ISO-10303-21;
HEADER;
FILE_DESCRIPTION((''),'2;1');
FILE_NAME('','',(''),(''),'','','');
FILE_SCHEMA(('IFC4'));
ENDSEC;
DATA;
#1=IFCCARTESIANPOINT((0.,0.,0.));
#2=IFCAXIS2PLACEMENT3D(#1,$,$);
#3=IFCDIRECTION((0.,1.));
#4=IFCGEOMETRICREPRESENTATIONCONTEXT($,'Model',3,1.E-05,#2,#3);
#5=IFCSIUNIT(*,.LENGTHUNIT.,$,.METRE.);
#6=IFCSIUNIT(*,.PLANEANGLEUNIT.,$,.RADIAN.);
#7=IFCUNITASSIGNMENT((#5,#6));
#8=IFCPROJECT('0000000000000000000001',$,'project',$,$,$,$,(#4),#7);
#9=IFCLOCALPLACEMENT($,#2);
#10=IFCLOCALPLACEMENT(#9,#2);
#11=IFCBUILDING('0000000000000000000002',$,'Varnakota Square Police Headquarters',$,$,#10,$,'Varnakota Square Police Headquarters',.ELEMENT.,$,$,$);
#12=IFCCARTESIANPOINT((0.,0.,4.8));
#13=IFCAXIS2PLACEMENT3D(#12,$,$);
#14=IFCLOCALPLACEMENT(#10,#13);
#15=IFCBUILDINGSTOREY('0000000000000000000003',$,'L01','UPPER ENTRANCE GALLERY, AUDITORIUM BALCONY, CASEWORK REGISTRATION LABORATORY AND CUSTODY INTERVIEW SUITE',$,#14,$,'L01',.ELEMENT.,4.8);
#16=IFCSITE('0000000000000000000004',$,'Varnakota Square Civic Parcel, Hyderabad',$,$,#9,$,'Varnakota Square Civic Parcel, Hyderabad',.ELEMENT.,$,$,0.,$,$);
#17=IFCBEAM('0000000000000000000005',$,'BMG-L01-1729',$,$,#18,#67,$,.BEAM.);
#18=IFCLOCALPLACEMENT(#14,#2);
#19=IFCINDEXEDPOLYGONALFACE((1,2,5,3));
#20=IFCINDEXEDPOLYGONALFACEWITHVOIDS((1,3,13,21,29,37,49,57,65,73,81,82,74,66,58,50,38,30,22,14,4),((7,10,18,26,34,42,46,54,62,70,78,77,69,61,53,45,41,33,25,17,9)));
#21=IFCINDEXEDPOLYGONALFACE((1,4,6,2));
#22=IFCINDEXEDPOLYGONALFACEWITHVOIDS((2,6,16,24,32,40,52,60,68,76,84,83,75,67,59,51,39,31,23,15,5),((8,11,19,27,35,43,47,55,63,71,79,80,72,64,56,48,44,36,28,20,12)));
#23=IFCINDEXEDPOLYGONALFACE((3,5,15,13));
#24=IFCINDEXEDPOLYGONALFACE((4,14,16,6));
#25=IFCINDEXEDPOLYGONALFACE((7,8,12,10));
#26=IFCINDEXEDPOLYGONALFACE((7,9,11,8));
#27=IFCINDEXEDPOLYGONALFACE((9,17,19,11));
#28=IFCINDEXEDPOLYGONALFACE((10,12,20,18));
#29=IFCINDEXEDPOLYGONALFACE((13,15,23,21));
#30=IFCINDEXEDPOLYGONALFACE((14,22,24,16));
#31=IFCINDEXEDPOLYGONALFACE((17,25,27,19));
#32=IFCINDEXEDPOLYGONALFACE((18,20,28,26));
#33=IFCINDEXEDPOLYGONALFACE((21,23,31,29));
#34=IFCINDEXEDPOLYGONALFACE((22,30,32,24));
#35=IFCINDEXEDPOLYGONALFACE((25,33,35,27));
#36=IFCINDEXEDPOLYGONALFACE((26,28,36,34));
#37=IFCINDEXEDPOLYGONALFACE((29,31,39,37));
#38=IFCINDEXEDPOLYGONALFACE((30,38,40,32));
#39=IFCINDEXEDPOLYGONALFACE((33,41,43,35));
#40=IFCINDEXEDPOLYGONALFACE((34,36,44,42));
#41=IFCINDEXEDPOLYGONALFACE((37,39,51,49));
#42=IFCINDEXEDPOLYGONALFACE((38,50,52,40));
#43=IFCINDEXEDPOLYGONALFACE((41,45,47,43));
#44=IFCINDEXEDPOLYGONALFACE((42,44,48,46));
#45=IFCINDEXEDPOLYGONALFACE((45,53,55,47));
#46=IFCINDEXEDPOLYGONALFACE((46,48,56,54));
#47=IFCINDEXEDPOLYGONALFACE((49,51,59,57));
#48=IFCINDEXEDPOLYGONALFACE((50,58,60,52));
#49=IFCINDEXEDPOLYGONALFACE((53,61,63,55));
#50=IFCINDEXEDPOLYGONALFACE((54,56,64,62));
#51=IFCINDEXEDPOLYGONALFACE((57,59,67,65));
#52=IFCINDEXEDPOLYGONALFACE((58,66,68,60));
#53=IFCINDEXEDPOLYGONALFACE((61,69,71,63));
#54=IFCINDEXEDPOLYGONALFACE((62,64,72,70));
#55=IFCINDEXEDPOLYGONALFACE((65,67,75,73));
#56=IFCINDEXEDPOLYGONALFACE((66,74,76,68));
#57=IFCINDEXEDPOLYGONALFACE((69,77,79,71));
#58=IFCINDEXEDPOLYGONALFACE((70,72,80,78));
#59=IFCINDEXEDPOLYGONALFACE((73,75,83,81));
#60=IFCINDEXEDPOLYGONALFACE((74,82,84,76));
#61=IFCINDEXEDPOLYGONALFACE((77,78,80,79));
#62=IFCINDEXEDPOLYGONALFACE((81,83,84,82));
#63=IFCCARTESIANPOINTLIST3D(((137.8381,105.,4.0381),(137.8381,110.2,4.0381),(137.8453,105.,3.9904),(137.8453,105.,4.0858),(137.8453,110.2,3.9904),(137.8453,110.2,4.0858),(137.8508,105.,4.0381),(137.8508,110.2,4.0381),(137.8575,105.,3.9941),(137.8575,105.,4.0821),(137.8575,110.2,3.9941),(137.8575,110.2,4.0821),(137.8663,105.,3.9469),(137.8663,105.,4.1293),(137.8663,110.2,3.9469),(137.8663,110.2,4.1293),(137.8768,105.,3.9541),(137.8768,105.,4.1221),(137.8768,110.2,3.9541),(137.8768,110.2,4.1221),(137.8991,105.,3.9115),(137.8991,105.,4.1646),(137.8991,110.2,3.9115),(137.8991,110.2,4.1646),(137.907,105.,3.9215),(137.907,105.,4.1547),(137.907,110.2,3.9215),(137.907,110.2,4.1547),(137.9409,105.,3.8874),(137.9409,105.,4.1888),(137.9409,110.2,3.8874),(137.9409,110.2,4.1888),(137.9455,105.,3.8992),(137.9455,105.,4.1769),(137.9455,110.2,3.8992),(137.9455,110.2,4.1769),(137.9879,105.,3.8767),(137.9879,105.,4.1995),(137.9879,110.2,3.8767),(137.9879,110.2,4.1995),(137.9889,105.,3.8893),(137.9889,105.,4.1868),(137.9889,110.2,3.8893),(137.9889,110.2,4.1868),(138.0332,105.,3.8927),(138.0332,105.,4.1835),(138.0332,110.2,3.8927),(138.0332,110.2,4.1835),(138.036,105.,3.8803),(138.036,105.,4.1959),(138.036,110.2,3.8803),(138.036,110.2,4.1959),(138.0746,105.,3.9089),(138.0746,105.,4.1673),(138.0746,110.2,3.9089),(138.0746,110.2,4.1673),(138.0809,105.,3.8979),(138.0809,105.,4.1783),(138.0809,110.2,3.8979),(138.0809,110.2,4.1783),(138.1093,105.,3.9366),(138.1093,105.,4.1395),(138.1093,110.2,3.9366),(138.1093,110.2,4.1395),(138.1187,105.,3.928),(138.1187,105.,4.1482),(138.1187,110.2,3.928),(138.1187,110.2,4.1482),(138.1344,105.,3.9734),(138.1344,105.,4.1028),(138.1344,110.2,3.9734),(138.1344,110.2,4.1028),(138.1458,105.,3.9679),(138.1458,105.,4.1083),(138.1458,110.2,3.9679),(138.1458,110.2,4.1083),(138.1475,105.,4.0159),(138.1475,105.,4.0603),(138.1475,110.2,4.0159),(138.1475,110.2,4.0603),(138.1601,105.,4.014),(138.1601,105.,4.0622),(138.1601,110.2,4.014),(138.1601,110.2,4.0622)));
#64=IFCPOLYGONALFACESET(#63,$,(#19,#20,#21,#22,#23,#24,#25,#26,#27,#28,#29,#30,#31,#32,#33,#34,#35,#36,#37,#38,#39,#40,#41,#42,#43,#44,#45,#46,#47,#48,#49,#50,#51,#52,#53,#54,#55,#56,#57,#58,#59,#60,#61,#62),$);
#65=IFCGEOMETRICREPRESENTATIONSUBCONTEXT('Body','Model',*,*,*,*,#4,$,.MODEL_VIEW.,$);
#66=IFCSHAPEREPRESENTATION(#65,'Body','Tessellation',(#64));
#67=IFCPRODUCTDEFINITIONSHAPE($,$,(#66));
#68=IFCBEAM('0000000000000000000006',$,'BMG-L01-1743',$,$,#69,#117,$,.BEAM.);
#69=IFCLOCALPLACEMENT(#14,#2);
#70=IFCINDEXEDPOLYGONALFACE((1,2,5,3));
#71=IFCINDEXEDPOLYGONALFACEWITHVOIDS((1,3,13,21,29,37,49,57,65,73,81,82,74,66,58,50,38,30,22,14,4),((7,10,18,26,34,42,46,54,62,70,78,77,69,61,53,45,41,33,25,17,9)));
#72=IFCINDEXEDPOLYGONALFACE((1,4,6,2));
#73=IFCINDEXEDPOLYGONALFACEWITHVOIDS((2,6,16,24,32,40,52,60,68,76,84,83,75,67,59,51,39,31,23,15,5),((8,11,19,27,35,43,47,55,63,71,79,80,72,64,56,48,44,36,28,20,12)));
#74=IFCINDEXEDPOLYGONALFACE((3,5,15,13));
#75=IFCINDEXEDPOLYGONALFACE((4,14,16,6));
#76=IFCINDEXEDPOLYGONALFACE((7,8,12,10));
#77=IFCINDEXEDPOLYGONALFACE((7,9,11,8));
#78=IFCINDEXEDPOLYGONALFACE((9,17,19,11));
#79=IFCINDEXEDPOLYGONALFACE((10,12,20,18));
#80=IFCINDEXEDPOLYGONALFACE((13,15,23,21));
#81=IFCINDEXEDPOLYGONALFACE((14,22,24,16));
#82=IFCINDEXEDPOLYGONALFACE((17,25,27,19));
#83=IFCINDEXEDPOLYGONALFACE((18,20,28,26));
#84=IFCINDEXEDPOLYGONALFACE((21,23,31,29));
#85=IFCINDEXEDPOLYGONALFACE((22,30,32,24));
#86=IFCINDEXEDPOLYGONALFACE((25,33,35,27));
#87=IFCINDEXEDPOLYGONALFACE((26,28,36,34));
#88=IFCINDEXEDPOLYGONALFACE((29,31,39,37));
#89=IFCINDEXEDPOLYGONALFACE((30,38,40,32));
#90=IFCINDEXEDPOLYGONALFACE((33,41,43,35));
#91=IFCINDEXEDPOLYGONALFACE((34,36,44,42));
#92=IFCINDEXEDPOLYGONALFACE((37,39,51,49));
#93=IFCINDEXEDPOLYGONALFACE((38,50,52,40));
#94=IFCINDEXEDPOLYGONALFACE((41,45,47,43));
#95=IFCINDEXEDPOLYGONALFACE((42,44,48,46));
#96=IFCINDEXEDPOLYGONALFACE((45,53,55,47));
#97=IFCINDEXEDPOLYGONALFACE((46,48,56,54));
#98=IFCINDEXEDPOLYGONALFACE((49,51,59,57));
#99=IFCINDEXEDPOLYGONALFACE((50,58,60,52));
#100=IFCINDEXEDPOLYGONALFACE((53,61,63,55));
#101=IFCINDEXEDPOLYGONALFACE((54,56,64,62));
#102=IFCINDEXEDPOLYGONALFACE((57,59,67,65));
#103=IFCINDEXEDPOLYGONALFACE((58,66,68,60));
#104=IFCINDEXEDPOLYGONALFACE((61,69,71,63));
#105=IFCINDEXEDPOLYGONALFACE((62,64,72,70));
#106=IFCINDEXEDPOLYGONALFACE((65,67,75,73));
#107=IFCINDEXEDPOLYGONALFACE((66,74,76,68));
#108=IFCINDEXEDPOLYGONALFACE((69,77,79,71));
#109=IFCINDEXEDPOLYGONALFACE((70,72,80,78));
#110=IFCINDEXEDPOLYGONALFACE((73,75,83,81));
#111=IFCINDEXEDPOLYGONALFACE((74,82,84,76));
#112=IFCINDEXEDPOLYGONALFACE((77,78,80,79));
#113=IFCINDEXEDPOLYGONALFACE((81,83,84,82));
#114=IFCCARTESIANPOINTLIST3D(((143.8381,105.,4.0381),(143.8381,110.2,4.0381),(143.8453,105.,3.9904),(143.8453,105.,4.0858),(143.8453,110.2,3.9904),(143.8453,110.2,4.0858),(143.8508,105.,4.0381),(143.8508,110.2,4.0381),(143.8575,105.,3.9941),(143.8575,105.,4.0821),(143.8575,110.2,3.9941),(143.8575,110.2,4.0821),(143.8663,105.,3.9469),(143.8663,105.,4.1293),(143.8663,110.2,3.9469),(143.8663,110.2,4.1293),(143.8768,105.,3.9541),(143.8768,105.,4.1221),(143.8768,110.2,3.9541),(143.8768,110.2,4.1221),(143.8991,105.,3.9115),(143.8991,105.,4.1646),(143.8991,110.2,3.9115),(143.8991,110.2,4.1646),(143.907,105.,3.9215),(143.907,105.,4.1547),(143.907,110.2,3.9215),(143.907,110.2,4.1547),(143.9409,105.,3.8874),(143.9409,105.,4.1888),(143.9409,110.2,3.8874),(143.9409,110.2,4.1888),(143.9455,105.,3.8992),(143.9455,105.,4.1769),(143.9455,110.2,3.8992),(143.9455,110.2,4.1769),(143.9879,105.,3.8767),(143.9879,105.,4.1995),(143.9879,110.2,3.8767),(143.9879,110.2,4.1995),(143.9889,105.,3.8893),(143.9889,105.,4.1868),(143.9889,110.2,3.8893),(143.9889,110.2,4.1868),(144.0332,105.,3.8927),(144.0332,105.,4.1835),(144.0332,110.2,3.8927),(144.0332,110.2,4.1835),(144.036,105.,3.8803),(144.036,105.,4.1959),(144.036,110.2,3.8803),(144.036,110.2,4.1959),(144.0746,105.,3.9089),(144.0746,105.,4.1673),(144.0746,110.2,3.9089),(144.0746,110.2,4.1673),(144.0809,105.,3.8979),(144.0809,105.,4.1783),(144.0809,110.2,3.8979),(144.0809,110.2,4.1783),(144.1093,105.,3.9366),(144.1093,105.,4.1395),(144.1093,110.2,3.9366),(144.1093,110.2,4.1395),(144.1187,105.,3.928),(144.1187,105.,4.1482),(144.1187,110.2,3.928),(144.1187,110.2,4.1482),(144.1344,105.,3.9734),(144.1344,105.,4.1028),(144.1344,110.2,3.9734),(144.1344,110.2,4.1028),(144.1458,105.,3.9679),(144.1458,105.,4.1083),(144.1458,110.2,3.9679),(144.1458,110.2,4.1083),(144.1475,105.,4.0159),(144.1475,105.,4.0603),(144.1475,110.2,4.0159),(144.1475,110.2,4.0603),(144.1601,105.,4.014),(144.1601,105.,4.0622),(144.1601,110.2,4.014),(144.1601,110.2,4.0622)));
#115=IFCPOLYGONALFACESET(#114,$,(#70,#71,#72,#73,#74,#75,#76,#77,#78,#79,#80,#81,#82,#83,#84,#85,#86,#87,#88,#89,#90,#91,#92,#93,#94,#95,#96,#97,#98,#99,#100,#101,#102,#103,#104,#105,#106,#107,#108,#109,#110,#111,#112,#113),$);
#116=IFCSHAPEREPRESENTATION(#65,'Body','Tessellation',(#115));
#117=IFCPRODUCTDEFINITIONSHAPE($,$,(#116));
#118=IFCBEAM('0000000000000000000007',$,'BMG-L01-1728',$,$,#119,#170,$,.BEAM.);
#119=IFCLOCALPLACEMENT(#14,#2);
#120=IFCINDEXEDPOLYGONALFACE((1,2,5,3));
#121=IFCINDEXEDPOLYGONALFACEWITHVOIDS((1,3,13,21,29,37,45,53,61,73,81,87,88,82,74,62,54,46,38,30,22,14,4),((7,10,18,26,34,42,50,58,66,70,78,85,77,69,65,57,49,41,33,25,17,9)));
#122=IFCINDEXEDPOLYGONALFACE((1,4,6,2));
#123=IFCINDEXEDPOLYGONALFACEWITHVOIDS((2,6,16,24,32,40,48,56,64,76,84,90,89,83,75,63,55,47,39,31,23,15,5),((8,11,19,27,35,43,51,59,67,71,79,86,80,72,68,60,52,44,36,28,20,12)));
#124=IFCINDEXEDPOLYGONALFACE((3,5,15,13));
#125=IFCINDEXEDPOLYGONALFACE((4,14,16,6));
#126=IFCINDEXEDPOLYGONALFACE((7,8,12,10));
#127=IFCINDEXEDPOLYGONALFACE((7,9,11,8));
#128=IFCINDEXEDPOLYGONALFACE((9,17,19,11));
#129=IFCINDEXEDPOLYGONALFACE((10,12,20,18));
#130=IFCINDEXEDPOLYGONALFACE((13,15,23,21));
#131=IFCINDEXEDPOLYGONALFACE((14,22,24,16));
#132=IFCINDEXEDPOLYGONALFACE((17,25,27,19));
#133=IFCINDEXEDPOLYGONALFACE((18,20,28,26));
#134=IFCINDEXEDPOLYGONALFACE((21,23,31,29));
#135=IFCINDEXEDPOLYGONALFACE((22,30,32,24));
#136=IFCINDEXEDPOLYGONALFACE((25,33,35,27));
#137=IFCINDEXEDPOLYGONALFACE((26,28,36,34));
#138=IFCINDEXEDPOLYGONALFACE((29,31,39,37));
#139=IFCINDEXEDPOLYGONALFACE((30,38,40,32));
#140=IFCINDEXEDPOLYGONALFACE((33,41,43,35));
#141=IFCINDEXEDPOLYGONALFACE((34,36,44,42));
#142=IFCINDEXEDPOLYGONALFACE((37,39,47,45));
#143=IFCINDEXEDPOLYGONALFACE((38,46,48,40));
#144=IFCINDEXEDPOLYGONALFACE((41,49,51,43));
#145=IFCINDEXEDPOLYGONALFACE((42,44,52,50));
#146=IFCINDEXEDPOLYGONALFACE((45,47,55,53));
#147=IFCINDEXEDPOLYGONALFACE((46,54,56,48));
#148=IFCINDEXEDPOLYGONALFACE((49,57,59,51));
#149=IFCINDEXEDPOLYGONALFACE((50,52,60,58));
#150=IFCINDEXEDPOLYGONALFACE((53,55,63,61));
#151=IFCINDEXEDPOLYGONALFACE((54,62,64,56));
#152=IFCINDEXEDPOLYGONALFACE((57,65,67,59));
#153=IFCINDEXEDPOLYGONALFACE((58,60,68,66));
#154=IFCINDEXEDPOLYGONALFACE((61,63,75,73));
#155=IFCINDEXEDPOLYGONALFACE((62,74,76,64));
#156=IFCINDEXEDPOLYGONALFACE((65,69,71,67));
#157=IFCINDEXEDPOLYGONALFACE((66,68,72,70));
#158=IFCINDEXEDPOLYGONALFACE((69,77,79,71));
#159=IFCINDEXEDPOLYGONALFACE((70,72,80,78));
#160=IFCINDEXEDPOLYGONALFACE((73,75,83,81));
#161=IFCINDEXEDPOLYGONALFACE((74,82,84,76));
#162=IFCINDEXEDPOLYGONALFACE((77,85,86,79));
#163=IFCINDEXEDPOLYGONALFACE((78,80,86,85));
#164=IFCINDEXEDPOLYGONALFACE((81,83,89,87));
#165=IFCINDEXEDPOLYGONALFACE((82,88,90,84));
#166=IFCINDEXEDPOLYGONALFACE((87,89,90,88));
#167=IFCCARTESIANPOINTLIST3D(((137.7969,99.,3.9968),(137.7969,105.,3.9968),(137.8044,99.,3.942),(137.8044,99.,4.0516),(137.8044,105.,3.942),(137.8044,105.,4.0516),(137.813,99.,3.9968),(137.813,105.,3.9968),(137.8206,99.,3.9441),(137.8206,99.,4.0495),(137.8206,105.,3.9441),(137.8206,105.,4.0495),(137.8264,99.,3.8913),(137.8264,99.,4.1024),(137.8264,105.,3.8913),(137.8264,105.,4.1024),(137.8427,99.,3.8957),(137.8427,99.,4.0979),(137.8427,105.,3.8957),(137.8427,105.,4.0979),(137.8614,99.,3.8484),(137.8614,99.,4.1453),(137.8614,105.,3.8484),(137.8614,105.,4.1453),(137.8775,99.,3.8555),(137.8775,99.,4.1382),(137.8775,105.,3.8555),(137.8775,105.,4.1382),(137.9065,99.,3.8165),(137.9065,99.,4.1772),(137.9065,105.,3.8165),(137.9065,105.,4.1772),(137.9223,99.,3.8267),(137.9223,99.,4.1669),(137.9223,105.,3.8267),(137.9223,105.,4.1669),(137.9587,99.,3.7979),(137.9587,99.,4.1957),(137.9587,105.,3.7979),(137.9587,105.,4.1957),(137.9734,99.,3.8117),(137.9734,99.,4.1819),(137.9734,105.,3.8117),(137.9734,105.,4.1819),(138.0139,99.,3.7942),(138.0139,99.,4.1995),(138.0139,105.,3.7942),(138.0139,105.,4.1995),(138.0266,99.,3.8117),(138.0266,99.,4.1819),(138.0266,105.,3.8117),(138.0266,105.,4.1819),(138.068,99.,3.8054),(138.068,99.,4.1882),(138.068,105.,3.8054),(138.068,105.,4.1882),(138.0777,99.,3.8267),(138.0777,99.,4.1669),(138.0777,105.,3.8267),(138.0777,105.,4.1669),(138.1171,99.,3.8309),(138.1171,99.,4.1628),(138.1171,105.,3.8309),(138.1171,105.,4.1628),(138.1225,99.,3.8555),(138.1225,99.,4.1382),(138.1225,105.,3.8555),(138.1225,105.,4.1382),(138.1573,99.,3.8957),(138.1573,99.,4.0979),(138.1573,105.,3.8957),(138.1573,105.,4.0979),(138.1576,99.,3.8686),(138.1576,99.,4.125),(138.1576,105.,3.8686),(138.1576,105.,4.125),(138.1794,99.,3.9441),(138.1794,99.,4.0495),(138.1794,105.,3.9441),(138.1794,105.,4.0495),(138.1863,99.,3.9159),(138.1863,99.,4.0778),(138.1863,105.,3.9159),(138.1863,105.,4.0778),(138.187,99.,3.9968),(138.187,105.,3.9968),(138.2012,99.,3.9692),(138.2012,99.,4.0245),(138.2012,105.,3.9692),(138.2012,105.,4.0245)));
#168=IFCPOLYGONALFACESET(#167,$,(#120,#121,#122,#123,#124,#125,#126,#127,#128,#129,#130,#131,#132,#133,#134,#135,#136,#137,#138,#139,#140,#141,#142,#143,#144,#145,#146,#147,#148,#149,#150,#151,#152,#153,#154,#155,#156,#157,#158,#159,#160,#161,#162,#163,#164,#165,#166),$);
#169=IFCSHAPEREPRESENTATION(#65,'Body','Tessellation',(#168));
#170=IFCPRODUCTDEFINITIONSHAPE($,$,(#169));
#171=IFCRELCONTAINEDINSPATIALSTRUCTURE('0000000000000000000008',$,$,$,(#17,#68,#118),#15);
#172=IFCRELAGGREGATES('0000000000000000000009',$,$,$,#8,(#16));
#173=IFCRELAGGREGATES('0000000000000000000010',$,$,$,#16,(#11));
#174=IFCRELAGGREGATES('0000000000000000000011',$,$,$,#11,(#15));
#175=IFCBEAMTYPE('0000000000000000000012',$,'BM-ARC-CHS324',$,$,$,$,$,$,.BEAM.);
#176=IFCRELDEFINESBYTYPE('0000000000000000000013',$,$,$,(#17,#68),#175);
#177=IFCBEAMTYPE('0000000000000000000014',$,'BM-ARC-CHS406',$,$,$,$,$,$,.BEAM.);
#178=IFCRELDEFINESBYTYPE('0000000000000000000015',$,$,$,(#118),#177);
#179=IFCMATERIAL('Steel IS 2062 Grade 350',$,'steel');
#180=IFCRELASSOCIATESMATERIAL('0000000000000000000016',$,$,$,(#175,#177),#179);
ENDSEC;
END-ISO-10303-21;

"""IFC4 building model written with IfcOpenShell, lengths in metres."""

from ifc_helpers import new_model, si_unit, direction, frame, origin, origin_2d, place, context, subcontext, project, spatial, hollow_circle, extrude, material, material_profile, profile_set, type_object, element, save


model = new_model("IFC4")

# Units and contexts
model_context = context("Model", 3, precision=1e-05, world=origin(), true_north=direction((0.0, 1.0)))
body_context = subcontext(model_context, "Body", "Model", "MODEL_VIEW")
ifc_project = project(units=[si_unit("LENGTHUNIT", "METRE"), si_unit("PLANEANGLEUNIT", "RADIAN")], contexts=[model_context])

# Site, building, storey
site_placement = place(None, origin())
site = spatial("IfcSite", under=ifc_project, at=site_placement, Name="Varnakota Square Civic Parcel, Hyderabad", LongName="Varnakota Square Civic Parcel, Hyderabad", CompositionType="ELEMENT", RefElevation=0.0)
building_placement = place(site_placement, origin())
building = spatial("IfcBuilding", under=site, at=building_placement, Name="Varnakota Square Police Headquarters", LongName="Varnakota Square Police Headquarters", CompositionType="ELEMENT")
storey_placement = place(building_placement, frame((0.0, 0.0, 4.8)))
storey = spatial("IfcBuildingStorey", under=building, at=storey_placement, Name="L01", Description="UPPER ENTRANCE GALLERY, AUDITORIUM BALCONY, CASEWORK REGISTRATION LABORATORY AND CUSTODY INTERVIEW SUITE", LongName="L01", CompositionType="ELEMENT", Elevation=4.8)

# Shared definitions
ifc_material_1 = material(Name="Steel IS 2062 Grade 350", Category="steel")

# Beams
ifc_material_profile_1 = material_profile(ifc_material_1, hollow_circle(Radius=0.1619, WallThickness=0.0127, at=origin_2d()), Name="CHS 323.9x12.7")
ifc_profile_set_1 = profile_set([ifc_material_profile_1], Name="Steel IS 2062 Grade 350")
beam_type_1 = type_object("IfcBeamType", Name="BM-ARC-CHS324", PredefinedType="BEAM", material=ifc_profile_set_1)
for number, where, z_axis, x_axis, name in (
    (1, (138.0, 105.0, 4.0381), (0.0, 1.0, 0.0), (-1.0, 0.0, 0.0), "BMG-L01-1729"),
    (2, (144.0, 105.0, 4.0381), (0.0, 1.0, 0.0), (-1.0, 0.0, 0.0), "BMG-L01-1743"),
):
    element("IfcBeam", number, at=place(storey_placement, frame(where, z_axis=z_axis, x_axis=x_axis)), inside=storey, type_object=beam_type_1, Name=name, PredefinedType="BEAM", context=body_context, shape_type="SweptSolid", body=[
        extrude(hollow_circle(Radius=0.1619, WallThickness=0.0127, at=origin_2d()), origin(), (0.0, 0.0, 1.0), 5.2),
    ])
ifc_material_profile_2 = material_profile(ifc_material_1, hollow_circle(Radius=0.2031, WallThickness=0.0161, at=origin_2d()), Name="CHS 406.4x16.0")
ifc_profile_set_2 = profile_set([ifc_material_profile_2], Name="Steel IS 2062 Grade 350")
beam_type_2 = type_object("IfcBeamType", Name="BM-ARC-CHS406", PredefinedType="BEAM", material=ifc_profile_set_2)
for number, where, z_axis, x_axis, name in (
    (3, (138.0, 99.0, 3.9968), (0.0, 1.0, 0.0), (-1.0, 0.0, 0.0), "BMG-L01-1728"),
):
    element("IfcBeam", number, at=place(storey_placement, frame(where, z_axis=z_axis, x_axis=x_axis)), inside=storey, type_object=beam_type_2, Name=name, PredefinedType="BEAM", context=body_context, shape_type="SweptSolid", body=[
        extrude(hollow_circle(Radius=0.2031, WallThickness=0.0161, at=origin_2d()), origin(), (0.0, 0.0, 1.0), 6.0),
    ])

save(model, "model.ifc")
